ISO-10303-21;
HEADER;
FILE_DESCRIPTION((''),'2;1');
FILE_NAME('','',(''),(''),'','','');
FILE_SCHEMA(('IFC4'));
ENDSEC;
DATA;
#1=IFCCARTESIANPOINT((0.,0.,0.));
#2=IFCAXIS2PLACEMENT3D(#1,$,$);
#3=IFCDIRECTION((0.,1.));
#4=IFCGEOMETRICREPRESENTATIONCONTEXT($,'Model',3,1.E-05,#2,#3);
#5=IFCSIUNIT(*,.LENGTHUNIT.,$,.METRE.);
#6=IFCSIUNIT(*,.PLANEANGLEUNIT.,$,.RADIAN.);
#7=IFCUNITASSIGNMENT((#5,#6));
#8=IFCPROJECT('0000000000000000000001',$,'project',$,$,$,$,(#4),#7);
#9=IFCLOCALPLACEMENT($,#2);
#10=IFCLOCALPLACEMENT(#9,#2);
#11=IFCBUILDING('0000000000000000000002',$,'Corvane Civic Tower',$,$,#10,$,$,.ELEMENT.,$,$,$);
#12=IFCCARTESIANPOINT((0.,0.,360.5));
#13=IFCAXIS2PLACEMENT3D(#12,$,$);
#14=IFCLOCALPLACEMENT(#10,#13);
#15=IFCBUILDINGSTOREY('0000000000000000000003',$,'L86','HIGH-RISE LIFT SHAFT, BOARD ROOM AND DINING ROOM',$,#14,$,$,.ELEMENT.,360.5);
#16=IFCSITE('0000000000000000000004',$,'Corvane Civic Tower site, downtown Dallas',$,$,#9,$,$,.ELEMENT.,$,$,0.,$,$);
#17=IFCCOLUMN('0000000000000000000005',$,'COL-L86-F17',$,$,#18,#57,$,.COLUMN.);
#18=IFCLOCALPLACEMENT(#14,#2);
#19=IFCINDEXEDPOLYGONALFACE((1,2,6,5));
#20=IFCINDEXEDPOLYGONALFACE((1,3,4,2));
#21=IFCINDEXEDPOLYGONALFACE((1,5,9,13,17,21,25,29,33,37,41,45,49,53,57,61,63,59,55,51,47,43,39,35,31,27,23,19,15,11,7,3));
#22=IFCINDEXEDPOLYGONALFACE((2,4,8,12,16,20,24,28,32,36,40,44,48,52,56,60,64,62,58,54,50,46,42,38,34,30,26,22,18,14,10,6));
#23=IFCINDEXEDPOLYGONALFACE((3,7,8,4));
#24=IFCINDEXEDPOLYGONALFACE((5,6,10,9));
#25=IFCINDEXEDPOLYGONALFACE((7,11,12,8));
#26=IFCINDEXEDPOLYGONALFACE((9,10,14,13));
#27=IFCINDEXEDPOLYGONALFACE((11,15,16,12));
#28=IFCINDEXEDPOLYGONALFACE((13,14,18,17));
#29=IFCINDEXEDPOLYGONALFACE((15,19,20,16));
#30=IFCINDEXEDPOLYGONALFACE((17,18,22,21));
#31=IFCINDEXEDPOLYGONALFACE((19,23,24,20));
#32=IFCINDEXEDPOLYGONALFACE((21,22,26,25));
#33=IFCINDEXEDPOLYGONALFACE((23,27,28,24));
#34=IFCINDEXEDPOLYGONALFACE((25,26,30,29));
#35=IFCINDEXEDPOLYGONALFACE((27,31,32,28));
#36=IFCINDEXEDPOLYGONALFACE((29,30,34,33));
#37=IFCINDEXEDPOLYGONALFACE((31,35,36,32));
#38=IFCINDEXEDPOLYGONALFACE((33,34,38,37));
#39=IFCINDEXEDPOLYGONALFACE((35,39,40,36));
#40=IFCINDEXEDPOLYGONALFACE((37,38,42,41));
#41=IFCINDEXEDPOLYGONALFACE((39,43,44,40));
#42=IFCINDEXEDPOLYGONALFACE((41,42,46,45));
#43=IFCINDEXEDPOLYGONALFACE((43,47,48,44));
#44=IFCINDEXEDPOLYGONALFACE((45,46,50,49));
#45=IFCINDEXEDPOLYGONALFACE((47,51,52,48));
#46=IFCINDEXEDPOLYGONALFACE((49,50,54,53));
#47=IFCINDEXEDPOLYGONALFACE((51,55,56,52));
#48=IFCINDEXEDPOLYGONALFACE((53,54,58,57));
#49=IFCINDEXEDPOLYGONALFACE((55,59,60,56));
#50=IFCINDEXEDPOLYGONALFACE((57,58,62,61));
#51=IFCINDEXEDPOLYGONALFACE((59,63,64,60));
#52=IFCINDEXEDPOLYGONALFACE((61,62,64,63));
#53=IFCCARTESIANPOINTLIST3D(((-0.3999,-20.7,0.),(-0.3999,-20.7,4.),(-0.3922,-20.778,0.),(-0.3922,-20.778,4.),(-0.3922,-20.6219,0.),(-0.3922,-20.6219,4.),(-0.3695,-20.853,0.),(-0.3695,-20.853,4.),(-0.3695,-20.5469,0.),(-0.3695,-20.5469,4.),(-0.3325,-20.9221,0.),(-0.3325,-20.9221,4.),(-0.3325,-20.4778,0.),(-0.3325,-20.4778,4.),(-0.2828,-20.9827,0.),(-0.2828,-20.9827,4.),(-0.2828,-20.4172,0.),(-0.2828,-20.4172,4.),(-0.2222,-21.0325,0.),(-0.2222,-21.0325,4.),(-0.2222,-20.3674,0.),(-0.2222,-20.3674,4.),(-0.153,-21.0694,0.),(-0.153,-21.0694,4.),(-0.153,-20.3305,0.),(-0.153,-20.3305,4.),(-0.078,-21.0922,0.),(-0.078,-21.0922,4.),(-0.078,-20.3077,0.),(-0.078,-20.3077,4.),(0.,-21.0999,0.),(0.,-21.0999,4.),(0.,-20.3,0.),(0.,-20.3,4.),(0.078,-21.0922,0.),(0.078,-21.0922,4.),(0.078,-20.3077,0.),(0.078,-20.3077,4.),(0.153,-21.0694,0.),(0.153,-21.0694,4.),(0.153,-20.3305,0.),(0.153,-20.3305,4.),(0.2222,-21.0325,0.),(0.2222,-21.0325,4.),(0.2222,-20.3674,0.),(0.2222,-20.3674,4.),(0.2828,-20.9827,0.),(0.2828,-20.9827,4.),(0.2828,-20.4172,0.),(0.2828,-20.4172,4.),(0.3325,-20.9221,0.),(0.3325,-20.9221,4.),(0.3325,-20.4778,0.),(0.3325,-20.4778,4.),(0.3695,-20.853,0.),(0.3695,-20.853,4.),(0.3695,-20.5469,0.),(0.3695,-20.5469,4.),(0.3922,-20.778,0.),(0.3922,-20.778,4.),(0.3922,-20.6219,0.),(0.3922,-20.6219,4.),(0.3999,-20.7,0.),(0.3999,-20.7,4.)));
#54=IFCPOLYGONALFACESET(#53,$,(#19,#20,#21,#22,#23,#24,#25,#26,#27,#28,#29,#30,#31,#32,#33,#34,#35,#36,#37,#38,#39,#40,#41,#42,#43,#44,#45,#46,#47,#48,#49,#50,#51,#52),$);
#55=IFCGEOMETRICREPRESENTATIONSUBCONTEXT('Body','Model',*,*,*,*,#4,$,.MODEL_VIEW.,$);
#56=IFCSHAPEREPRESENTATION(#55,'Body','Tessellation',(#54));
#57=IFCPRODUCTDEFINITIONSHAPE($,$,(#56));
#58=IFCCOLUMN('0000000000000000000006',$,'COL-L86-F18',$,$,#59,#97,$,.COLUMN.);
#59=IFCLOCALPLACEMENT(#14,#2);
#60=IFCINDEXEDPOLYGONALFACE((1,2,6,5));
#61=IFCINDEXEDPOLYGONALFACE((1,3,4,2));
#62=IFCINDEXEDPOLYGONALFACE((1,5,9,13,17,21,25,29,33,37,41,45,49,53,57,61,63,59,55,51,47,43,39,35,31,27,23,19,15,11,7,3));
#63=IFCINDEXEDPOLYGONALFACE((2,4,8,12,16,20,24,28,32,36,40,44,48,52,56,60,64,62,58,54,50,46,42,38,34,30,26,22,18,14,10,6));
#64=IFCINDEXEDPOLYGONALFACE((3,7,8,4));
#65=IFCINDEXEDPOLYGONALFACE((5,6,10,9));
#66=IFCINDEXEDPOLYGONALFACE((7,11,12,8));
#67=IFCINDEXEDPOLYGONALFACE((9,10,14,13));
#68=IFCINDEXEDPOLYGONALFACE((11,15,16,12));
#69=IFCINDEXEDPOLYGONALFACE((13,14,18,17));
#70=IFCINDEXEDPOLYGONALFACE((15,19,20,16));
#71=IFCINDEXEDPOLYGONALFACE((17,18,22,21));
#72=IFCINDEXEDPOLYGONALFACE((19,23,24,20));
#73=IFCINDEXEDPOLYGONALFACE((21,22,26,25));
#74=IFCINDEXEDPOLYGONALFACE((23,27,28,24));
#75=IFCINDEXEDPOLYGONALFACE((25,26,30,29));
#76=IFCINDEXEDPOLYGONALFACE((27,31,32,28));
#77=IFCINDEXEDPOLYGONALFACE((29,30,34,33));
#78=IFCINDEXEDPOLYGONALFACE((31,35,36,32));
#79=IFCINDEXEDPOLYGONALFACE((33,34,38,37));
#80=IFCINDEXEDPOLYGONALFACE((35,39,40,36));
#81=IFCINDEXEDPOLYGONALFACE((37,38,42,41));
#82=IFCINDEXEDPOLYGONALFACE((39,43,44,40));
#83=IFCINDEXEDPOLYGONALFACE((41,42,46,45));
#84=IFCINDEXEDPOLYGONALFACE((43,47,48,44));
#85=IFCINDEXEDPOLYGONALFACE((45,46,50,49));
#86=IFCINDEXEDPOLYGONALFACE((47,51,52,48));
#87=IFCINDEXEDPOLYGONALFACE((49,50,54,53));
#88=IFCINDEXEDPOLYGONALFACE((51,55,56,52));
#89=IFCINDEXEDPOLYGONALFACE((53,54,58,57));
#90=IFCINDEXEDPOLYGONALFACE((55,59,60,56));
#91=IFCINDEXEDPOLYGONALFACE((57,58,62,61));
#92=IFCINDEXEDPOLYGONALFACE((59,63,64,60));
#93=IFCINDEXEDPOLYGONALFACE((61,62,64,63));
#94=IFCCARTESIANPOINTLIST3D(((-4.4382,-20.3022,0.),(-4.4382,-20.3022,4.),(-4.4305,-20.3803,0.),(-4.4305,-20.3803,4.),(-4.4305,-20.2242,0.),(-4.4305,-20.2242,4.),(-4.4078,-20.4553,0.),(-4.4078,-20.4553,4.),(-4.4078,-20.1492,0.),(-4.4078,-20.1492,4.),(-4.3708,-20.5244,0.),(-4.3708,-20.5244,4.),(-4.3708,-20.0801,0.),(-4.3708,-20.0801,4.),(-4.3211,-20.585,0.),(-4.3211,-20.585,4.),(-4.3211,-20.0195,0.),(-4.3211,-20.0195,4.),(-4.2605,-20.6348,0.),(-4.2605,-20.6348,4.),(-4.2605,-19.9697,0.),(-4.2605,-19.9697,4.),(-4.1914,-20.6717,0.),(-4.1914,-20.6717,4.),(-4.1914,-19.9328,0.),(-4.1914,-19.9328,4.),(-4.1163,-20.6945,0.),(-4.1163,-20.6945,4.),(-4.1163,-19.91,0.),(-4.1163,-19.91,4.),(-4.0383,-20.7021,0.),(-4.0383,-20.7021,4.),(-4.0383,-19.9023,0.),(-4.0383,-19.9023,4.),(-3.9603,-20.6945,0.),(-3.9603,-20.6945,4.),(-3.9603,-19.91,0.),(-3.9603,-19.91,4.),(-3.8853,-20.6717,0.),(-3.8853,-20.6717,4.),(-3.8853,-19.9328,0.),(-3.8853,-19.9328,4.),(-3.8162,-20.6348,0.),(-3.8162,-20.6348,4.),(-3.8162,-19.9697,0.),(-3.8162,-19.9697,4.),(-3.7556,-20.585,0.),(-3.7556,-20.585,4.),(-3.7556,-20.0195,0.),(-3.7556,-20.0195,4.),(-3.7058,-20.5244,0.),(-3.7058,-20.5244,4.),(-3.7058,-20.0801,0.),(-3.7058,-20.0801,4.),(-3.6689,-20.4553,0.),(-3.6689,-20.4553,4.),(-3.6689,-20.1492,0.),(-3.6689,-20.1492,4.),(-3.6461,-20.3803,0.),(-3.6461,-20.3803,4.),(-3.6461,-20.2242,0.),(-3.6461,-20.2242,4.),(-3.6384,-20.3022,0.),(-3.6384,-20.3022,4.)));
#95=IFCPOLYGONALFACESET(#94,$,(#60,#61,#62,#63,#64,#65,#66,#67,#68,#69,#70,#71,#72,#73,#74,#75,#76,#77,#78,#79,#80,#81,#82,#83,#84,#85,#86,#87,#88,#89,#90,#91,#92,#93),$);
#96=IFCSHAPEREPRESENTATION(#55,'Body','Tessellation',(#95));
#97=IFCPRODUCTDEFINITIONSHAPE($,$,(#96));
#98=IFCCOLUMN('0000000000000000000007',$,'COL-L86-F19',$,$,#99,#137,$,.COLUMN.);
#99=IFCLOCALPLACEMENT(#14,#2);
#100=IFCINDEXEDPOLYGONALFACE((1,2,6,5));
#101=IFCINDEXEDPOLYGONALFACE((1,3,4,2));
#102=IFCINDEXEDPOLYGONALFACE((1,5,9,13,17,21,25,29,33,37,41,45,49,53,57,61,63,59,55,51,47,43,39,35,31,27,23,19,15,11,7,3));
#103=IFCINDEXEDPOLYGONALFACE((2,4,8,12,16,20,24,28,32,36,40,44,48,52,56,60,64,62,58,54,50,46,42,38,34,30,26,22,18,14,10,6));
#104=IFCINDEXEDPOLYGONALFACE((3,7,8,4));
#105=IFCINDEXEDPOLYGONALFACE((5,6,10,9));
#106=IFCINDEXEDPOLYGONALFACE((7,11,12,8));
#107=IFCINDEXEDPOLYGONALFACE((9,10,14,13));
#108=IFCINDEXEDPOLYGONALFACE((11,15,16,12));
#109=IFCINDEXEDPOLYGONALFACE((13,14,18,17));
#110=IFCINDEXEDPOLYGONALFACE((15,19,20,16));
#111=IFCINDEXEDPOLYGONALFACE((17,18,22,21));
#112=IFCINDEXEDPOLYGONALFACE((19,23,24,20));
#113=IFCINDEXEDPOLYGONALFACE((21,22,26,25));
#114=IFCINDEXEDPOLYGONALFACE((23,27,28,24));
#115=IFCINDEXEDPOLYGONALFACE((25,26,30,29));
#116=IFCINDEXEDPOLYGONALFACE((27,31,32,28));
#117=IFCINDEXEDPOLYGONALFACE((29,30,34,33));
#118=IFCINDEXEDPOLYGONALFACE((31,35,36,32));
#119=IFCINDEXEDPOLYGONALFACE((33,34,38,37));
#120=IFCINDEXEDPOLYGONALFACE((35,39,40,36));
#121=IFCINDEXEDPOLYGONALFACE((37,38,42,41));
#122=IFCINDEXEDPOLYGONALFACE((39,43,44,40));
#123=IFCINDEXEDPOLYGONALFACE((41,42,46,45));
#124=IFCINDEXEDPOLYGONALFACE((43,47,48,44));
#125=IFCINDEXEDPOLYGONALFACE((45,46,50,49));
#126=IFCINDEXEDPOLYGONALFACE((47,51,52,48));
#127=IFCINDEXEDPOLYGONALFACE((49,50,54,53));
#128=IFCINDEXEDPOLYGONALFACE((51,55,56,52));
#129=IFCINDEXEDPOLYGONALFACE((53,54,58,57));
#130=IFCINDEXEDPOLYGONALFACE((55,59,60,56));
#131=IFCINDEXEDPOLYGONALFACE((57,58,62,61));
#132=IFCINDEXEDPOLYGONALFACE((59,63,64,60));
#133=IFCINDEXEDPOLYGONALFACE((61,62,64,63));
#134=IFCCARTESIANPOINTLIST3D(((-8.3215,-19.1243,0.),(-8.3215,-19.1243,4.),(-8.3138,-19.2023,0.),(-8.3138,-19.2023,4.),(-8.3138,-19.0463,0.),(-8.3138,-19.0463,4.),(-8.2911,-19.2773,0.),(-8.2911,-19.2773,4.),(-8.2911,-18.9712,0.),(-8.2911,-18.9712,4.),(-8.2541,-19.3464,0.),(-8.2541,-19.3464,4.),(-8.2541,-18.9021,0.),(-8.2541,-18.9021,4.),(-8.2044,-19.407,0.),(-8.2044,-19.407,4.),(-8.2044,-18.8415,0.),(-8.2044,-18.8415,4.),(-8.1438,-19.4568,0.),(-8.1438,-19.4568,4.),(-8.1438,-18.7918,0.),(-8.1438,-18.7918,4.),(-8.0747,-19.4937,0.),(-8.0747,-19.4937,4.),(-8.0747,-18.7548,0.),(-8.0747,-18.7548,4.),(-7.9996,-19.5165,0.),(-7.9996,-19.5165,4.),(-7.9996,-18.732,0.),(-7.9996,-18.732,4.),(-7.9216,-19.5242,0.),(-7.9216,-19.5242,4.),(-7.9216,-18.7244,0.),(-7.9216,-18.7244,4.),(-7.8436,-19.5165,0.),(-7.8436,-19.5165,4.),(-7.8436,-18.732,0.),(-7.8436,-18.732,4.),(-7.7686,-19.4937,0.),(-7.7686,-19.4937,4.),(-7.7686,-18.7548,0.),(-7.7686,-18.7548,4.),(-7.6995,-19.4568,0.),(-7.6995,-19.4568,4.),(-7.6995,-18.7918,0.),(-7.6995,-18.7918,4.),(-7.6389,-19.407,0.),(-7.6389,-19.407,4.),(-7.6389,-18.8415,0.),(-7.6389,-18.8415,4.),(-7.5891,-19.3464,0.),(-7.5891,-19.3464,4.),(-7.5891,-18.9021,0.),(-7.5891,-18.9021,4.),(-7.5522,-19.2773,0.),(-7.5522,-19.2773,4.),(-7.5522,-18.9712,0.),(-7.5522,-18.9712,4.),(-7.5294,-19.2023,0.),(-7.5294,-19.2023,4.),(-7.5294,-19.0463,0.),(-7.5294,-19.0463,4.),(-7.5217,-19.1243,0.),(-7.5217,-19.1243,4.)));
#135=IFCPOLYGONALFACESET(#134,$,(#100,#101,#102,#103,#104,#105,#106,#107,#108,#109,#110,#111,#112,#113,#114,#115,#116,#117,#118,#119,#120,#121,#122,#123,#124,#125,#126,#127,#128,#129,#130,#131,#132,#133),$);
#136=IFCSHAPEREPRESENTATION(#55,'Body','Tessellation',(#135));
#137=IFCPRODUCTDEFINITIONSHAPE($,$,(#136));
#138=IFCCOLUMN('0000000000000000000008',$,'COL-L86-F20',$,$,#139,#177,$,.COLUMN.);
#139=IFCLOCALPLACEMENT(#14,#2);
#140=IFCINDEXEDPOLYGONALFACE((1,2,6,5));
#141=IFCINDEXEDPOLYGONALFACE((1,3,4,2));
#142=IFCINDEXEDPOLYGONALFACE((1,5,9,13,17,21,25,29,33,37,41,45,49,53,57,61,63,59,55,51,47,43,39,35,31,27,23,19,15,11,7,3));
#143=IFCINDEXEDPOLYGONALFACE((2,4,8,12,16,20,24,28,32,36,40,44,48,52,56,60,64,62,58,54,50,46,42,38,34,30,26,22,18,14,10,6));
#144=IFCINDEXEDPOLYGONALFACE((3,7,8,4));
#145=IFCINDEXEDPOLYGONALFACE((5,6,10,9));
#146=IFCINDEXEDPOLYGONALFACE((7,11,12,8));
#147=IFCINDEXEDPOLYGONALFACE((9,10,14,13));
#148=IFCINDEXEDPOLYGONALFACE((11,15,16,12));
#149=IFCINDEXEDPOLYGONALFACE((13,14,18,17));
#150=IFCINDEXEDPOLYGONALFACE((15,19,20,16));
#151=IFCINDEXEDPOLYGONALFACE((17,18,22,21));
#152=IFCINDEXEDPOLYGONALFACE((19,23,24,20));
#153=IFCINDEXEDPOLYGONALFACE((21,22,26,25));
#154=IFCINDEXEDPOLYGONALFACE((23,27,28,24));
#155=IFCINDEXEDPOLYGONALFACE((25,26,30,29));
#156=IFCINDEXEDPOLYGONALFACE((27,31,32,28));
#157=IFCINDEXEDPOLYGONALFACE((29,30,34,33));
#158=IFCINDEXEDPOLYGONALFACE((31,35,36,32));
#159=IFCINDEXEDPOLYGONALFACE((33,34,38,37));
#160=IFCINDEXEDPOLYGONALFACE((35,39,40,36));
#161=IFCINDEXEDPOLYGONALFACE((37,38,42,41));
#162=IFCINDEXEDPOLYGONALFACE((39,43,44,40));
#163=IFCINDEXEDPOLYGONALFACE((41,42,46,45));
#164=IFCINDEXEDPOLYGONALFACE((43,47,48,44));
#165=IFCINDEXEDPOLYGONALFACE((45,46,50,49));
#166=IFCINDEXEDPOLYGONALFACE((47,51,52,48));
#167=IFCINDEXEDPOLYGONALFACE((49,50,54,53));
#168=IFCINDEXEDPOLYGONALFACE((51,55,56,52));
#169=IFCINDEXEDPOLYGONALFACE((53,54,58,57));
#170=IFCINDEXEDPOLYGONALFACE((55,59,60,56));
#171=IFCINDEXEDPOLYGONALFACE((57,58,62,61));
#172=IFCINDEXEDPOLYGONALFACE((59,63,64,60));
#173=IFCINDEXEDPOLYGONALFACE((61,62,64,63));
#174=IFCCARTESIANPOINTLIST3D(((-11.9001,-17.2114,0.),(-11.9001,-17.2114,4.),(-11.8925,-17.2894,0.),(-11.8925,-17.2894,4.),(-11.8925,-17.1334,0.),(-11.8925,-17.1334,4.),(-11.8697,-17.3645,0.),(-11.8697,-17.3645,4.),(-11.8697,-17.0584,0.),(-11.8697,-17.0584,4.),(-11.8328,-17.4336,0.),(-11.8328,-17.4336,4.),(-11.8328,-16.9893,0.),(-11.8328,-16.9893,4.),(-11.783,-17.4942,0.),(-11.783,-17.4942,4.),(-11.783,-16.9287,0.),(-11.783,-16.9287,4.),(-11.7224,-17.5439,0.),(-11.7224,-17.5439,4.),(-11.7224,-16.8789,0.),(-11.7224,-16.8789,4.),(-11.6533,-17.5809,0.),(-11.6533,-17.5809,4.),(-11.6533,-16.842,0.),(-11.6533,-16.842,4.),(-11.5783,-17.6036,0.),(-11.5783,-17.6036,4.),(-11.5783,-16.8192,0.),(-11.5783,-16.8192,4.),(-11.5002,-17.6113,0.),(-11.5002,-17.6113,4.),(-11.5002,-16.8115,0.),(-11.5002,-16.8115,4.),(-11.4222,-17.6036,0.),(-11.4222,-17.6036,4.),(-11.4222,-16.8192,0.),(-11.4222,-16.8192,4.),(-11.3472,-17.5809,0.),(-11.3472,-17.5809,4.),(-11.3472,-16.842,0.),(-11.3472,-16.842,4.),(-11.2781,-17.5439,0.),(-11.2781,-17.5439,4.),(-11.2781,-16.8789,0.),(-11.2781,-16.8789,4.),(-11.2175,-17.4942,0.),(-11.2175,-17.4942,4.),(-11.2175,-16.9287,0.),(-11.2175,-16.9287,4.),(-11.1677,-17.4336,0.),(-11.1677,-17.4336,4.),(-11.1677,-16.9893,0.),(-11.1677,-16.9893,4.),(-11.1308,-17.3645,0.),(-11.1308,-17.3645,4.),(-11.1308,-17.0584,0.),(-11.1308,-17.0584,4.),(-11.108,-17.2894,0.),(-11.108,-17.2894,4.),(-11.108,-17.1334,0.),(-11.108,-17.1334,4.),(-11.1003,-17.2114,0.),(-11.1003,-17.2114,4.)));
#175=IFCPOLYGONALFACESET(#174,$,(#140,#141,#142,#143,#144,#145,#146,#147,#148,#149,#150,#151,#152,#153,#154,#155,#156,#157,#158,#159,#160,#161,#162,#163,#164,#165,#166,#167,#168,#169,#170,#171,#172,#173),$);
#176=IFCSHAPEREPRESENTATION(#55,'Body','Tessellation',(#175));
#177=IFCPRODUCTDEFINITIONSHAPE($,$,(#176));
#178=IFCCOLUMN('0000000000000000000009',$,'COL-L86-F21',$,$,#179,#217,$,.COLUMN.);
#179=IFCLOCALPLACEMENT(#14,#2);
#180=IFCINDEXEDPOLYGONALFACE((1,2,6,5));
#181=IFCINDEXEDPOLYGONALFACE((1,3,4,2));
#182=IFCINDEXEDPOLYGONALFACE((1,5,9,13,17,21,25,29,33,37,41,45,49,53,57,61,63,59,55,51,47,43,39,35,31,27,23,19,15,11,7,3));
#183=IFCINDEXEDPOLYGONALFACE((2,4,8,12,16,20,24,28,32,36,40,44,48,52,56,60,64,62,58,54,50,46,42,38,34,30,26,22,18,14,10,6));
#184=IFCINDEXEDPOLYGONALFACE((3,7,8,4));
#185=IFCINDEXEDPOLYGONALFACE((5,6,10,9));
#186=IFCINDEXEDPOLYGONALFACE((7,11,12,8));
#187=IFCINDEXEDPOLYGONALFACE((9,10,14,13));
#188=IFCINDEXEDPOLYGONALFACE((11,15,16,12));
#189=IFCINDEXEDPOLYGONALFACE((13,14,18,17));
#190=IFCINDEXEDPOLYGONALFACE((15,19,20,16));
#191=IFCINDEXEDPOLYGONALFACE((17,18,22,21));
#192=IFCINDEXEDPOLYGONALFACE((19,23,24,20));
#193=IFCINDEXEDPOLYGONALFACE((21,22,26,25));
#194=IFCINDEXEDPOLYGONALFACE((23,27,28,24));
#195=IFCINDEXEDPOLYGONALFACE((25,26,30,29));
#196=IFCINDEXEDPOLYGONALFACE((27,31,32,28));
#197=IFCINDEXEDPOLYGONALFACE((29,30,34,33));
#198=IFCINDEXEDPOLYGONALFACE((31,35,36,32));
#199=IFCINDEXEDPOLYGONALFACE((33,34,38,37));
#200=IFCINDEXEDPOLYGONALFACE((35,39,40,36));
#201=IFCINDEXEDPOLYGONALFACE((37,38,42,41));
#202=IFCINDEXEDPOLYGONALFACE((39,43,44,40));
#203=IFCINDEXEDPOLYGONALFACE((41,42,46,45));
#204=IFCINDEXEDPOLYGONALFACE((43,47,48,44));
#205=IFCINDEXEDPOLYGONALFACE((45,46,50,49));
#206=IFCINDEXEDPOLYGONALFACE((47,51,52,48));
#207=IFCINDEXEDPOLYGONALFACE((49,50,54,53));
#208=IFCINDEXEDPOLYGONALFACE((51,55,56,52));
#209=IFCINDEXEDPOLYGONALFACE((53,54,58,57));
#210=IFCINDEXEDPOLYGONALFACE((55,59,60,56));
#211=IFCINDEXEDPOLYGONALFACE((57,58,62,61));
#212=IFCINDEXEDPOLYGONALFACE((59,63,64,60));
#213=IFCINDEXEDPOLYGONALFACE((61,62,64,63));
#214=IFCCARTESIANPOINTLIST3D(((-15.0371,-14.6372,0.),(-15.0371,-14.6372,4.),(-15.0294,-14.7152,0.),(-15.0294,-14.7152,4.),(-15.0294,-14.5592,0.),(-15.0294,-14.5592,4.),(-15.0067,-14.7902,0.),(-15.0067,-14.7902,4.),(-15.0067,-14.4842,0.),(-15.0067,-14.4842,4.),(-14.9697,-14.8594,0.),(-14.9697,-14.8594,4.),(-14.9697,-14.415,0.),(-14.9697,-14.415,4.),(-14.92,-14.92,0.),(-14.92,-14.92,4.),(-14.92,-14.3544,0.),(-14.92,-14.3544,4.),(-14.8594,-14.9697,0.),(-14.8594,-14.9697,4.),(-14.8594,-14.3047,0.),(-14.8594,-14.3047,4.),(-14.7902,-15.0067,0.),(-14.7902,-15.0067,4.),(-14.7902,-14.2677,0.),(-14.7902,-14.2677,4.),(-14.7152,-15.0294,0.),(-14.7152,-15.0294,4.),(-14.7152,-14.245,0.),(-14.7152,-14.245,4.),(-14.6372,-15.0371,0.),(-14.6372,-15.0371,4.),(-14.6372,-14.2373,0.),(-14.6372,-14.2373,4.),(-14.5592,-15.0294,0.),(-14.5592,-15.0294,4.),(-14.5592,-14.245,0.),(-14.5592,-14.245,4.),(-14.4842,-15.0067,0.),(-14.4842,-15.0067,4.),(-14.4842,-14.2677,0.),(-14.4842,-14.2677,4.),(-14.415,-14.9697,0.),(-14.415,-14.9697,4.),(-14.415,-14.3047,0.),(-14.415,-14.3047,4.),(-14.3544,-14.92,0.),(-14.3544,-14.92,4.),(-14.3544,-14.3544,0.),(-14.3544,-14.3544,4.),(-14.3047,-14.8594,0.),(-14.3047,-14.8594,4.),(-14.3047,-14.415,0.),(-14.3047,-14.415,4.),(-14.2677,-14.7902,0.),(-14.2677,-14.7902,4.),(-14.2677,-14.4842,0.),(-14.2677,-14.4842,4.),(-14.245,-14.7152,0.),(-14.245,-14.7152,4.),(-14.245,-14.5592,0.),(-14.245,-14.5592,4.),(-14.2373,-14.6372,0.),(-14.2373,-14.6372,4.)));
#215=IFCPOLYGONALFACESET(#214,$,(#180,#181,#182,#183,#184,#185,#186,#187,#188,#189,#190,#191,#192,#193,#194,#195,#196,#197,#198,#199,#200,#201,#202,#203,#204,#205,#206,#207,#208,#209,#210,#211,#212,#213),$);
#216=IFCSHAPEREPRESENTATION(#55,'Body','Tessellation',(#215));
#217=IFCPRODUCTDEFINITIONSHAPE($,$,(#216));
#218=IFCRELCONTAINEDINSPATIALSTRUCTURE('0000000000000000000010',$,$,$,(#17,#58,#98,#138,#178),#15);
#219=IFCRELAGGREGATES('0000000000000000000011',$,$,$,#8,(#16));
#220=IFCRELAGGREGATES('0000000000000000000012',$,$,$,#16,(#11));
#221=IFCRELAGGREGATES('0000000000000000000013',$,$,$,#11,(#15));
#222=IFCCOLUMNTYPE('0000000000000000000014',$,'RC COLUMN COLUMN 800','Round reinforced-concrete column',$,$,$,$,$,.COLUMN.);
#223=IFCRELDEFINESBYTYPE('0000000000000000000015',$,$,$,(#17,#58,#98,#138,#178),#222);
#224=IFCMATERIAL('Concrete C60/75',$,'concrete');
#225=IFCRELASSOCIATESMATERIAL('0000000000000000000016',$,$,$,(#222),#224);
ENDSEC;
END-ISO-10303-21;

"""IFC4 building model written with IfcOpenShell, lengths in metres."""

from ifc_helpers import new_model, si_unit, direction, frame, origin, origin_2d, place, context, subcontext, project, spatial, circle, extrude, material, material_profile, profile_set, type_object, element, save


model = new_model("IFC4")

# Units and contexts
model_context = context("Model", 3, precision=1e-05, world=origin(), true_north=direction((0.0, 1.0)))
body_context = subcontext(model_context, "Body", "Model", "MODEL_VIEW")
ifc_project = project(units=[si_unit("LENGTHUNIT", "METRE"), si_unit("PLANEANGLEUNIT", "RADIAN")], contexts=[model_context])

# Site, building, storey
site_placement = place(None, origin())
site = spatial("IfcSite", under=ifc_project, at=site_placement, Name="Corvane Civic Tower site, downtown Dallas", CompositionType="ELEMENT", RefElevation=0.0)
building_placement = place(site_placement, origin())
building = spatial("IfcBuilding", under=site, at=building_placement, Name="Corvane Civic Tower", CompositionType="ELEMENT")
storey_placement = place(building_placement, frame((0.0, 0.0, 360.5)))
storey = spatial("IfcBuildingStorey", under=building, at=storey_placement, Name="L86", Description="HIGH-RISE LIFT SHAFT, BOARD ROOM AND DINING ROOM", CompositionType="ELEMENT", Elevation=360.5)

# Columns
ifc_material_1 = material(Name="Concrete C60/75", Category="concrete")
ifc_material_profile_1 = material_profile(ifc_material_1, circle(Radius=0.3999, at=origin_2d()), Name="COLUMN 800")
ifc_profile_set_1 = profile_set([ifc_material_profile_1], Name="Concrete C60/75")
column_type = type_object("IfcColumnType", Name="RC COLUMN COLUMN 800", Description="Round reinforced-concrete column", PredefinedType="COLUMN", material=ifc_profile_set_1)
for number, where, z_axis, x_axis, name in (
    (1, (0.0, -20.7, 0.0), (0.0, 0.0, 1.0), (1.0, 0.0, 0.0), "COL-L86-F17"),
    (2, (-4.0383, -20.3022, 0.0), (0.0, 0.0, 1.0), (1.0, 0.0, 0.0), "COL-L86-F18"),
    (3, (-7.9216, -19.1243, 0.0), (0.0, 0.0, 1.0), (1.0, 0.0, 0.0), "COL-L86-F19"),
    (4, (-11.5002, -17.2114, 0.0), (0.0, 0.0, 1.0), (1.0, 0.0, 0.0), "COL-L86-F20"),
    (5, (-14.6372, -14.6372, 0.0), (0.0, 0.0, 1.0), (1.0, 0.0, 0.0), "COL-L86-F21"),
):
    element("IfcColumn", number, at=place(storey_placement, frame(where, z_axis=z_axis, x_axis=x_axis)), inside=storey, type_object=column_type, Name=name, PredefinedType="COLUMN", context=body_context, shape_type="SweptSolid", body=[
        extrude(circle(Radius=0.3999, at=origin_2d()), origin(), (0.0, 0.0, 1.0), 4.0),
    ])

save(model, "model.ifc")
